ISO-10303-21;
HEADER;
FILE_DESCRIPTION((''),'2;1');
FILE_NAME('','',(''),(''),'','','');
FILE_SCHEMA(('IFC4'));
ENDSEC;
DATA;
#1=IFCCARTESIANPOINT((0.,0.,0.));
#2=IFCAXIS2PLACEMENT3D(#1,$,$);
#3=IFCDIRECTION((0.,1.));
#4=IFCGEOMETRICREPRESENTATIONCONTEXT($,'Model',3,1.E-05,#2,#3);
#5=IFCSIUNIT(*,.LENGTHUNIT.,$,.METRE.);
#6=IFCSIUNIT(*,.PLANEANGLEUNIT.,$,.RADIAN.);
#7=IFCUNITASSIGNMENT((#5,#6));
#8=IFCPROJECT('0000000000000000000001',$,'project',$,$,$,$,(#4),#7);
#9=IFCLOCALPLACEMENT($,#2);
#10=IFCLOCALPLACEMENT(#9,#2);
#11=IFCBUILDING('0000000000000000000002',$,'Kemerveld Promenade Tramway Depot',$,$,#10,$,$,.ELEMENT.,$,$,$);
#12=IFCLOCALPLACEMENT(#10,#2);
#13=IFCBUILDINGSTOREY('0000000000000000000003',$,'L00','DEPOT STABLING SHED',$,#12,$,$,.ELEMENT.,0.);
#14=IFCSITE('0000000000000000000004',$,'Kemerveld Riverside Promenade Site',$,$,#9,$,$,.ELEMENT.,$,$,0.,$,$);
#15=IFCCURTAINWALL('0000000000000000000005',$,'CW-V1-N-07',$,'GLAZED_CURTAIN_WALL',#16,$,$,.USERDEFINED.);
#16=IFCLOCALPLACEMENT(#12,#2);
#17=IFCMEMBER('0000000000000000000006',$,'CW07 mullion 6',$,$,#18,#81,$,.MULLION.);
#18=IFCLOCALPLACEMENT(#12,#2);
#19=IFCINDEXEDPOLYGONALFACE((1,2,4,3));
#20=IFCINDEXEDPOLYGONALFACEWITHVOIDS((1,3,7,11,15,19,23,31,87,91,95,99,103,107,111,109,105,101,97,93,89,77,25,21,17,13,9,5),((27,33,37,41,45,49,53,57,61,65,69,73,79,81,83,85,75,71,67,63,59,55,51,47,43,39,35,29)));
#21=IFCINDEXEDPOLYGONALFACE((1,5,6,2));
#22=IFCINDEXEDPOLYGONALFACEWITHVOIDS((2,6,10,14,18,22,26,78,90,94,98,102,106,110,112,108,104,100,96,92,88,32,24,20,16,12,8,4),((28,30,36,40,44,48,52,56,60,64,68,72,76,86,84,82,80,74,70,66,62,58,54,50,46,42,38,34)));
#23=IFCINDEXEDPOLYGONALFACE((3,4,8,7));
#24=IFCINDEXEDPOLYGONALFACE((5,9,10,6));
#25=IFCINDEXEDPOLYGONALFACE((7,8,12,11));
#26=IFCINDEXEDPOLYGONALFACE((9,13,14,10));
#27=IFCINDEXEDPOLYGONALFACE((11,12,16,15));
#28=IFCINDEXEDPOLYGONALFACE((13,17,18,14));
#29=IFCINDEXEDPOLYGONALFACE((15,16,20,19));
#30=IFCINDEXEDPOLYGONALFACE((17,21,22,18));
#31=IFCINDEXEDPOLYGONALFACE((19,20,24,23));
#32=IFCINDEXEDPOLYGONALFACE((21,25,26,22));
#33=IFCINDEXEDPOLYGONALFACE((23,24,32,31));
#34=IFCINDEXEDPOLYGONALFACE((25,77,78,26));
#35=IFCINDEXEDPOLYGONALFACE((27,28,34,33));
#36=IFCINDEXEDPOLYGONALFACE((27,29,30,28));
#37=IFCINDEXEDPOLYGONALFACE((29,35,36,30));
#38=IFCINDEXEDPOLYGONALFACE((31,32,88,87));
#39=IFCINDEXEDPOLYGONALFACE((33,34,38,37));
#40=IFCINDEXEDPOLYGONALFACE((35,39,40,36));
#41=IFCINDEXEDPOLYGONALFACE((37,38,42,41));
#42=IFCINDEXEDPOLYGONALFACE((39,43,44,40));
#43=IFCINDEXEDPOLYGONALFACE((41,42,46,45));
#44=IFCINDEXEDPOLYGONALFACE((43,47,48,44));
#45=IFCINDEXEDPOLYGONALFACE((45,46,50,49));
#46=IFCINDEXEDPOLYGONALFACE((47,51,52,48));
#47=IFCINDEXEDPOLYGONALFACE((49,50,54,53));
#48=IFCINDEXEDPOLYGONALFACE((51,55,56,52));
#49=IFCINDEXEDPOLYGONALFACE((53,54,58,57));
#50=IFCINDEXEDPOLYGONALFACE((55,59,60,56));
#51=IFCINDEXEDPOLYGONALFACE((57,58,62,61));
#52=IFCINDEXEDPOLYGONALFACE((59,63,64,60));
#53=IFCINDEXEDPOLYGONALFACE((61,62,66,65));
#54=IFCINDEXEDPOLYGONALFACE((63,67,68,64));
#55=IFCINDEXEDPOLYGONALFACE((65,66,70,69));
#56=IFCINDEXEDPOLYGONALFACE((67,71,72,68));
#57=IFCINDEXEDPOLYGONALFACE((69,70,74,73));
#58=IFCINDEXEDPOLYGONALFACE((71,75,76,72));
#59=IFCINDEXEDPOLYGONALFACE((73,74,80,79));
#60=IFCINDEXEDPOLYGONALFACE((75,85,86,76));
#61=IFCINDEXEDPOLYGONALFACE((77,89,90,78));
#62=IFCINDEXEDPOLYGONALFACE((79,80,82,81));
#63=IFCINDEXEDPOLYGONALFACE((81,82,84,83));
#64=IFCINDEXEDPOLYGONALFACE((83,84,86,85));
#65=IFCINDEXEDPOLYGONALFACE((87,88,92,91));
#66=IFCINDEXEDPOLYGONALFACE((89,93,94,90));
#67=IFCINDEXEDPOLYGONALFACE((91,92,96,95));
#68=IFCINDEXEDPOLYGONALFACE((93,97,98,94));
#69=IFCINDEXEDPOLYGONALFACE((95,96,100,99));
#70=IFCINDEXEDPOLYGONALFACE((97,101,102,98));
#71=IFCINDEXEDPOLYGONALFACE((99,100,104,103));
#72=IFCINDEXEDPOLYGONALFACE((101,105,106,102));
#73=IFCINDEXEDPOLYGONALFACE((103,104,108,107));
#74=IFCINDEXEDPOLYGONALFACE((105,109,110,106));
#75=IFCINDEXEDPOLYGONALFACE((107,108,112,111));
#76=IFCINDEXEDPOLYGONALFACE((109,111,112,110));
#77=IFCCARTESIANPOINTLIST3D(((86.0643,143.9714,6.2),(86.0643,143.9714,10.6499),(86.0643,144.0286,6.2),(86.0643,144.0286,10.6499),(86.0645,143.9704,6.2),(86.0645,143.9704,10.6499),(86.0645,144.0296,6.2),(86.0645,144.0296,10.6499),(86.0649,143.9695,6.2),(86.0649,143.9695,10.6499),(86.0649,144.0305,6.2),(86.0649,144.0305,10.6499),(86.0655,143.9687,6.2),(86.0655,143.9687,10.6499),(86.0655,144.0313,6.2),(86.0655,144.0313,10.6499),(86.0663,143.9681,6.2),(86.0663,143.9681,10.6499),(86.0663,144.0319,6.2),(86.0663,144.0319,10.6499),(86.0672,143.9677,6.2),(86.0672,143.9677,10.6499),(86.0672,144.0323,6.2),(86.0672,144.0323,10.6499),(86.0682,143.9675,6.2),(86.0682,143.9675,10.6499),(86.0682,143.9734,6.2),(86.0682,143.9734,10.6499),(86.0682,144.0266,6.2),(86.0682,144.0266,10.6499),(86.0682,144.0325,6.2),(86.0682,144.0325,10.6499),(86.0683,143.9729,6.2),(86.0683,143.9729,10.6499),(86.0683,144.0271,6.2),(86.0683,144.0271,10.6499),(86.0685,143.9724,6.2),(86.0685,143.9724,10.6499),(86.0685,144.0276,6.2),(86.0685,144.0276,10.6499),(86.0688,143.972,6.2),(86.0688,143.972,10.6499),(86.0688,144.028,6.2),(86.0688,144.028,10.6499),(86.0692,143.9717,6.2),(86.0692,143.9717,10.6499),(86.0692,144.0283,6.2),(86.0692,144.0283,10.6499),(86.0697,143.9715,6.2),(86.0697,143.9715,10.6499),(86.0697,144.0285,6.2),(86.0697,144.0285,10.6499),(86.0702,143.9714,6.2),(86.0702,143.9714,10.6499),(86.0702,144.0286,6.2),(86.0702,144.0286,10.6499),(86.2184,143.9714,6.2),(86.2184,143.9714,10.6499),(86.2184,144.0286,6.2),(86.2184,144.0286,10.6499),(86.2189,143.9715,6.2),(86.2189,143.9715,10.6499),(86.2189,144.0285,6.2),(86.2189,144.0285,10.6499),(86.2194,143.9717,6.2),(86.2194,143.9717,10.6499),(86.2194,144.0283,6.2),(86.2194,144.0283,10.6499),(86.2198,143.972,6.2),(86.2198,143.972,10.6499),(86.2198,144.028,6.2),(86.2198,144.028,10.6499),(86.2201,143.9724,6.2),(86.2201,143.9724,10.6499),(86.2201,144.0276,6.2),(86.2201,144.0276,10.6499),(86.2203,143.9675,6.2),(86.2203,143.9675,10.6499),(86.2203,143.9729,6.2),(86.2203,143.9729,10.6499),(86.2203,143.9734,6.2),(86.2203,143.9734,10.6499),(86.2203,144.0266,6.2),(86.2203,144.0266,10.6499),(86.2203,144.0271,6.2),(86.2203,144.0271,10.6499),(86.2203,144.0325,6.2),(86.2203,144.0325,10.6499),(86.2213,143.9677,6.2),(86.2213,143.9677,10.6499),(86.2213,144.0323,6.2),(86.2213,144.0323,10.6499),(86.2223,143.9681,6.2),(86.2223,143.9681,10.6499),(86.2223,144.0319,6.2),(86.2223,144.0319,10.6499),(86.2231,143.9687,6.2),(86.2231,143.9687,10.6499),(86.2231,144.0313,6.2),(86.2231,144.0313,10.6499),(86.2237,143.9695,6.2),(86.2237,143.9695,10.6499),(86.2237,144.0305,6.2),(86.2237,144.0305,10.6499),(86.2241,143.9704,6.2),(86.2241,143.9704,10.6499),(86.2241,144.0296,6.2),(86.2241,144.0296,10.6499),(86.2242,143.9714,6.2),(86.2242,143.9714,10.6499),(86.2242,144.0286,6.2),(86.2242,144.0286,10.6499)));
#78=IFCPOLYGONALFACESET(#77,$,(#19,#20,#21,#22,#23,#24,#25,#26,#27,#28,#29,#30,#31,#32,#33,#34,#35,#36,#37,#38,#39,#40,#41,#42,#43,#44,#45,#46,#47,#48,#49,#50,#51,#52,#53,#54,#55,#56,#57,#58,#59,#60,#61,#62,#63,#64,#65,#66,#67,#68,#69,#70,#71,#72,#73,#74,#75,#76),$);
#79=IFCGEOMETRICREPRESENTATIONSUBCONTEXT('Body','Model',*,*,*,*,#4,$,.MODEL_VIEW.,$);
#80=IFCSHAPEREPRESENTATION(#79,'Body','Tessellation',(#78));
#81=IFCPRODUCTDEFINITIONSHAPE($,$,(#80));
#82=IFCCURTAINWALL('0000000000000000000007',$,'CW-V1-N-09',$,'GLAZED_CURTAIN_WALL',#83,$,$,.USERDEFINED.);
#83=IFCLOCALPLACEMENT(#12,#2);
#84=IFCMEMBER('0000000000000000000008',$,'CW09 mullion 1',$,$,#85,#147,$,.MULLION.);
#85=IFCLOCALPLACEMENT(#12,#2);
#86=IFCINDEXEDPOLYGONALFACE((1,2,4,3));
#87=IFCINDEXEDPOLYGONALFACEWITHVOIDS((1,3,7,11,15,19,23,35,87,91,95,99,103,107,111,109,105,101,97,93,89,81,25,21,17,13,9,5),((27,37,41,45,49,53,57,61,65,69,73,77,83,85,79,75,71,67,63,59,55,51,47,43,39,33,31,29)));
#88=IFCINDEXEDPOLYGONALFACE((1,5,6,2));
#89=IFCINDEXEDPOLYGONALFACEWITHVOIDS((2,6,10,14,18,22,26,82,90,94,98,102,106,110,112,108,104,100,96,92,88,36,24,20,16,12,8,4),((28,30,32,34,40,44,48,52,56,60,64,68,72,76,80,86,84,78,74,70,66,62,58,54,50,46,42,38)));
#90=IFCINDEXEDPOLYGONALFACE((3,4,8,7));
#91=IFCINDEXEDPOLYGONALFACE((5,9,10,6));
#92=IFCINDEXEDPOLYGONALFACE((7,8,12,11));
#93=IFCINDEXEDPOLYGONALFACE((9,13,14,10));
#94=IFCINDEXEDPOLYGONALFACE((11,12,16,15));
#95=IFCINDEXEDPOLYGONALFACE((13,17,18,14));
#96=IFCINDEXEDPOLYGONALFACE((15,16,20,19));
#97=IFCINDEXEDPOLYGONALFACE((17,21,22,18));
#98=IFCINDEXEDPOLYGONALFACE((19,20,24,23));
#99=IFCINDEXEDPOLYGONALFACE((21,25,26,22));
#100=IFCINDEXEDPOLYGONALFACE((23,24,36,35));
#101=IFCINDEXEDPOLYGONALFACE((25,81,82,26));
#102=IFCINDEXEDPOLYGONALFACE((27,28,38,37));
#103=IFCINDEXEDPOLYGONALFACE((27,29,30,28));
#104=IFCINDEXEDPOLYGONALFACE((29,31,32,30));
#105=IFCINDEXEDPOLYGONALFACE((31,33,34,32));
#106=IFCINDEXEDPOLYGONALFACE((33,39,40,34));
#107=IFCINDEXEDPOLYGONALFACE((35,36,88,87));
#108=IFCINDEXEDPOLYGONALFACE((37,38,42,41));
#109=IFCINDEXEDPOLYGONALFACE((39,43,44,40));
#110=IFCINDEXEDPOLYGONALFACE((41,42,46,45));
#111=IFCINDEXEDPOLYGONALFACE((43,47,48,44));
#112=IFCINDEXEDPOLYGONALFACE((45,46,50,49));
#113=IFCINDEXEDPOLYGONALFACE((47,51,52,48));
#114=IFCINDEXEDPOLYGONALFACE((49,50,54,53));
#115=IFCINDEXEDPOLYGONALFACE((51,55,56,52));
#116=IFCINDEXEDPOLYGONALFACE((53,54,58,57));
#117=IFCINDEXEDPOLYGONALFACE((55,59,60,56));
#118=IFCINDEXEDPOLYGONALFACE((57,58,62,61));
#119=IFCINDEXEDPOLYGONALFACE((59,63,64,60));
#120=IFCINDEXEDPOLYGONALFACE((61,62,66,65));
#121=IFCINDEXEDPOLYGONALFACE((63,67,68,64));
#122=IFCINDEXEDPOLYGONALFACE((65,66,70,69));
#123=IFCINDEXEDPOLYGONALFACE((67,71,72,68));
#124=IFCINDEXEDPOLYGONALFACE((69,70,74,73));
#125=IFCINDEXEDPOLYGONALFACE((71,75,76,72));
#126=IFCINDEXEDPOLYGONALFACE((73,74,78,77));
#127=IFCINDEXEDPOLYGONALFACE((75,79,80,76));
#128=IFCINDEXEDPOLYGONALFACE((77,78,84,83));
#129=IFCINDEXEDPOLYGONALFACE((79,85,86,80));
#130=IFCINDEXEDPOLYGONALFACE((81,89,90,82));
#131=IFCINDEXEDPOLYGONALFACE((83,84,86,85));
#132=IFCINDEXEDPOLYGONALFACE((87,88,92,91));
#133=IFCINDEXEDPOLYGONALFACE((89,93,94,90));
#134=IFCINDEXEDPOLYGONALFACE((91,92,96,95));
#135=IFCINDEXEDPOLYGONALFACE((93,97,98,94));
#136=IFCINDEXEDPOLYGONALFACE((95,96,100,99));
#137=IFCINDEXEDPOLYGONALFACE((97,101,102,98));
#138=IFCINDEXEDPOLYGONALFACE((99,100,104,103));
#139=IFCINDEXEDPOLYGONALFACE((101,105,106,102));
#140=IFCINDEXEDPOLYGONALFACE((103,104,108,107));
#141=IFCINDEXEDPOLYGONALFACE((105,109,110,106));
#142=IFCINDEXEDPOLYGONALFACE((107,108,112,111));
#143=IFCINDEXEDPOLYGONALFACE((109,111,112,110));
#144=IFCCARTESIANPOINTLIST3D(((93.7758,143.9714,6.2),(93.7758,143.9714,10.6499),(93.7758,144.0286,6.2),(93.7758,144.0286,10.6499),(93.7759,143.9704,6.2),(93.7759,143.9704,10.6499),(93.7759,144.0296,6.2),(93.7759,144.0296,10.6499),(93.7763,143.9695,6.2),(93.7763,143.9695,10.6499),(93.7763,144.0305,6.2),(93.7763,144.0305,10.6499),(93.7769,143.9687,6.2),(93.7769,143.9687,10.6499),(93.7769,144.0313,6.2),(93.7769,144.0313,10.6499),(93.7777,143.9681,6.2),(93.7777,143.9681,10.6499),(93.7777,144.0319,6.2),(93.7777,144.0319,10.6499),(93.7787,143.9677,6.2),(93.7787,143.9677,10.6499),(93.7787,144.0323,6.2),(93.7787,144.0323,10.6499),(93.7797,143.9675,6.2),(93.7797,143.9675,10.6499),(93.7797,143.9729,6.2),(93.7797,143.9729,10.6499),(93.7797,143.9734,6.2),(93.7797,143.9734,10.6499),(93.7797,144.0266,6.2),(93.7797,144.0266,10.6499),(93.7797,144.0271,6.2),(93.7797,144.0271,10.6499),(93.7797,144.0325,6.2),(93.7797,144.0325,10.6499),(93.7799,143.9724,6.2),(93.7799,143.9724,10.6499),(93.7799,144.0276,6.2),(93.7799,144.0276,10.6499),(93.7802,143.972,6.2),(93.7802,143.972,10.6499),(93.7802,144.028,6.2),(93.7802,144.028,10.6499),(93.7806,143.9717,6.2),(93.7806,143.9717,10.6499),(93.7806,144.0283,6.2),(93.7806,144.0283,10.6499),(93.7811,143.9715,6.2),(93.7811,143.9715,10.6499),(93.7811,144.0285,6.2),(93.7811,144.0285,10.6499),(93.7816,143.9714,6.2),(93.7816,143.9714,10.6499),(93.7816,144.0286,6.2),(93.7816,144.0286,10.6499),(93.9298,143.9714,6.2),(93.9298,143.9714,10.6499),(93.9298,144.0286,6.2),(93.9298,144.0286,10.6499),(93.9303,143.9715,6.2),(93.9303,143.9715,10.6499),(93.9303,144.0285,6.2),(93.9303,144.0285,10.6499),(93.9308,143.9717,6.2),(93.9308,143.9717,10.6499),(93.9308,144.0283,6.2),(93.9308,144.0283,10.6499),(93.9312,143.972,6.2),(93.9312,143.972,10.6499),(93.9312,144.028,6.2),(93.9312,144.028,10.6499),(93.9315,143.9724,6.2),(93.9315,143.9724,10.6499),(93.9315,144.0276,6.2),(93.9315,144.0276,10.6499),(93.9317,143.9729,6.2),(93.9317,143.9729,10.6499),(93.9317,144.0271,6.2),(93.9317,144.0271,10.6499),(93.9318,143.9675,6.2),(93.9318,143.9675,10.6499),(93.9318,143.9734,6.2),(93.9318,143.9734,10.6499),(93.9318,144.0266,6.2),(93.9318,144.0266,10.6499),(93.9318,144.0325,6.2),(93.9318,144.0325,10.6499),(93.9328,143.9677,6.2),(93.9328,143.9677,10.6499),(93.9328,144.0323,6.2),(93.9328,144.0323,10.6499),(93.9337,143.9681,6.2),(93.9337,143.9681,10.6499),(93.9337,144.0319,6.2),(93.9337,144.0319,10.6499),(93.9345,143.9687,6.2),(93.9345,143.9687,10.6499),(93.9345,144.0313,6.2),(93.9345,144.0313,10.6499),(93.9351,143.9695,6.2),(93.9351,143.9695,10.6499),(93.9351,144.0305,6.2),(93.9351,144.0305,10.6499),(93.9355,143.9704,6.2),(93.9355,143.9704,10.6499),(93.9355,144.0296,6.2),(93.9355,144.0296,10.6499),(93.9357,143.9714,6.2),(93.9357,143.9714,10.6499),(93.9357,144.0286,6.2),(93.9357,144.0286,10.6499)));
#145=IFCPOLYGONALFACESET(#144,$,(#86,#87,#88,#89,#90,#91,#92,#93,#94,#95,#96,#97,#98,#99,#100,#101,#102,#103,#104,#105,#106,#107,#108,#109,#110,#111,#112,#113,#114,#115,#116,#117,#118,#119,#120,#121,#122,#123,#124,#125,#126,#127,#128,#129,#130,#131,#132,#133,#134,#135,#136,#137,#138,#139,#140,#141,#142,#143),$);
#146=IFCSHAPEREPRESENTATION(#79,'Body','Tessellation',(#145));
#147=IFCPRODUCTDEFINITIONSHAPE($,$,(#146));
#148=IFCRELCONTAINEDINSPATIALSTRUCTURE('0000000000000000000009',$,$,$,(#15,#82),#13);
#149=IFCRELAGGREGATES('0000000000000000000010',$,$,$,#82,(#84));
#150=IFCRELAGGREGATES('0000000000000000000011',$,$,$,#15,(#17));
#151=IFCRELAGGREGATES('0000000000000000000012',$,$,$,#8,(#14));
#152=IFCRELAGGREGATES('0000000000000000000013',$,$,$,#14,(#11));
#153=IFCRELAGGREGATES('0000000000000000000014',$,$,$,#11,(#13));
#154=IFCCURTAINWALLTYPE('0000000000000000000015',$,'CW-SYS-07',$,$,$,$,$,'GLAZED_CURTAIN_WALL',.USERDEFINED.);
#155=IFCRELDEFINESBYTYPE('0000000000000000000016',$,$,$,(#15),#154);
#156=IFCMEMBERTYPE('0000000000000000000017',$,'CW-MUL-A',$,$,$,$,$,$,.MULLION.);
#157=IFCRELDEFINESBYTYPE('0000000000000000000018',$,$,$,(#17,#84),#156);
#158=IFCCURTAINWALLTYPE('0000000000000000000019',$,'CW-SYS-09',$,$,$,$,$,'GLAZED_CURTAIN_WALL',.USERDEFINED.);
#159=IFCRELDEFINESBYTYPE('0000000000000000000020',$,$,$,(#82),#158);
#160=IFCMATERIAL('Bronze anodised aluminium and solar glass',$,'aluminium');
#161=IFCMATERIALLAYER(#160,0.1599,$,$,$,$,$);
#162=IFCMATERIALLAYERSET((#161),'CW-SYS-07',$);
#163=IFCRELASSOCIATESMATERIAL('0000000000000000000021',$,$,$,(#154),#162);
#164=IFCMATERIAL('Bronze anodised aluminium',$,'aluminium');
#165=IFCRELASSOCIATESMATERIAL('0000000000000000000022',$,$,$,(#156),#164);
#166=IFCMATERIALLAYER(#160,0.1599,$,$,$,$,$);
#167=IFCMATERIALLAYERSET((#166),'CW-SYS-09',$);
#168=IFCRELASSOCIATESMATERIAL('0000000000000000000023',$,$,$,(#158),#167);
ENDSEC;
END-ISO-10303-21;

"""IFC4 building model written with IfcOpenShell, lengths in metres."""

from ifc_helpers import new_model, si_unit, direction, frame, origin, origin_2d, place, context, subcontext, project, spatial, hollow_rectangle, extrude, material, layer, layer_set, material_profile, profile_set, type_object, element, aggregate, save


model = new_model("IFC4")

# Units and contexts
model_context = context("Model", 3, precision=1e-05, world=origin(), true_north=direction((0.0, 1.0)))
body_context = subcontext(model_context, "Body", "Model", "MODEL_VIEW")
ifc_project = project(units=[si_unit("LENGTHUNIT", "METRE"), si_unit("PLANEANGLEUNIT", "RADIAN")], contexts=[model_context])

# Site, building, storey
site_placement = place(None, origin())
site = spatial("IfcSite", under=ifc_project, at=site_placement, Name="Kemerveld Riverside Promenade Site", CompositionType="ELEMENT", RefElevation=0.0)
building_placement = place(site_placement, origin())
building = spatial("IfcBuilding", under=site, at=building_placement, Name="Kemerveld Promenade Tramway Depot", CompositionType="ELEMENT")
storey_placement = place(building_placement, origin())
storey = spatial("IfcBuildingStorey", under=building, at=storey_placement, Name="L00", Description="DEPOT STABLING SHED", CompositionType="ELEMENT", Elevation=0.0)

# Curtain wall, member
ifc_material_1 = material(Name="Bronze anodised aluminium and solar glass", Category="aluminium")
ifc_layer_1 = layer(ifc_material_1, 0.1599)
ifc_layer_set_1 = layer_set([ifc_layer_1], Name="CW-SYS-07")
curtain_wall_type_1 = type_object("IfcCurtainWallType", Name="CW-SYS-07", ElementType="GLAZED_CURTAIN_WALL", PredefinedType="USERDEFINED", material=ifc_layer_set_1)
curtain_wall_1_placement = place(storey_placement, origin())
curtain_wall_1 = element("IfcCurtainWall", 1, at=curtain_wall_1_placement, inside=storey, type_object=curtain_wall_type_1, Name="CW-V1-N-07", ObjectType="GLAZED_CURTAIN_WALL", PredefinedType="USERDEFINED")
ifc_material_2 = material(Name="Bronze anodised aluminium", Category="aluminium")
ifc_material_profile_1 = material_profile(ifc_material_2, hollow_rectangle(XDim=0.0649, YDim=0.1599, WallThickness=0.0039, InnerFilletRadius=0.002, OuterFilletRadius=0.0039, at=origin_2d()), Name="CW-MUL-160x65")
ifc_profile_set_1 = profile_set([ifc_material_profile_1], Name="Bronze anodised aluminium")
member_type_1 = type_object("IfcMemberType", Name="CW-MUL-A", PredefinedType="MULLION", material=ifc_profile_set_1)
member_1_placement = place(storey_placement, frame((86.1443, 144.0, 6.2), z_axis=(0.0, 0.0, 1.0), x_axis=(0.0, 1.0, 0.0)))
member_1 = element("IfcMember", 2, at=member_1_placement, type_object=member_type_1, Name="CW07 mullion 6", PredefinedType="MULLION", context=body_context, shape_type="SweptSolid", body=[
    extrude(hollow_rectangle(XDim=0.0649, YDim=0.1599, WallThickness=0.0039, InnerFilletRadius=0.002, OuterFilletRadius=0.0039, at=origin_2d()), origin(), (0.0, 0.0, 1.0), 4.45),
])

# Curtain wall, member
ifc_layer_2 = layer(ifc_material_1, 0.1599)
ifc_layer_set_2 = layer_set([ifc_layer_2], Name="CW-SYS-09")
curtain_wall_type_2 = type_object("IfcCurtainWallType", Name="CW-SYS-09", ElementType="GLAZED_CURTAIN_WALL", PredefinedType="USERDEFINED", material=ifc_layer_set_2)
curtain_wall_2_placement = place(storey_placement, origin())
curtain_wall_2 = element("IfcCurtainWall", 3, at=curtain_wall_2_placement, inside=storey, type_object=curtain_wall_type_2, Name="CW-V1-N-09", ObjectType="GLAZED_CURTAIN_WALL", PredefinedType="USERDEFINED")
member_2_placement = place(storey_placement, frame((93.8557, 144.0, 6.2), z_axis=(0.0, 0.0, 1.0), x_axis=(0.0, 1.0, 0.0)))
member_2 = element("IfcMember", 4, at=member_2_placement, type_object=member_type_1, Name="CW09 mullion 1", PredefinedType="MULLION", context=body_context, shape_type="SweptSolid", body=[
    extrude(hollow_rectangle(XDim=0.0649, YDim=0.1599, WallThickness=0.0039, InnerFilletRadius=0.002, OuterFilletRadius=0.0039, at=origin_2d()), origin(), (0.0, 0.0, 1.0), 4.45),
])

aggregate(curtain_wall_2, [member_2])

aggregate(curtain_wall_1, [member_1])

save(model, "model.ifc")
